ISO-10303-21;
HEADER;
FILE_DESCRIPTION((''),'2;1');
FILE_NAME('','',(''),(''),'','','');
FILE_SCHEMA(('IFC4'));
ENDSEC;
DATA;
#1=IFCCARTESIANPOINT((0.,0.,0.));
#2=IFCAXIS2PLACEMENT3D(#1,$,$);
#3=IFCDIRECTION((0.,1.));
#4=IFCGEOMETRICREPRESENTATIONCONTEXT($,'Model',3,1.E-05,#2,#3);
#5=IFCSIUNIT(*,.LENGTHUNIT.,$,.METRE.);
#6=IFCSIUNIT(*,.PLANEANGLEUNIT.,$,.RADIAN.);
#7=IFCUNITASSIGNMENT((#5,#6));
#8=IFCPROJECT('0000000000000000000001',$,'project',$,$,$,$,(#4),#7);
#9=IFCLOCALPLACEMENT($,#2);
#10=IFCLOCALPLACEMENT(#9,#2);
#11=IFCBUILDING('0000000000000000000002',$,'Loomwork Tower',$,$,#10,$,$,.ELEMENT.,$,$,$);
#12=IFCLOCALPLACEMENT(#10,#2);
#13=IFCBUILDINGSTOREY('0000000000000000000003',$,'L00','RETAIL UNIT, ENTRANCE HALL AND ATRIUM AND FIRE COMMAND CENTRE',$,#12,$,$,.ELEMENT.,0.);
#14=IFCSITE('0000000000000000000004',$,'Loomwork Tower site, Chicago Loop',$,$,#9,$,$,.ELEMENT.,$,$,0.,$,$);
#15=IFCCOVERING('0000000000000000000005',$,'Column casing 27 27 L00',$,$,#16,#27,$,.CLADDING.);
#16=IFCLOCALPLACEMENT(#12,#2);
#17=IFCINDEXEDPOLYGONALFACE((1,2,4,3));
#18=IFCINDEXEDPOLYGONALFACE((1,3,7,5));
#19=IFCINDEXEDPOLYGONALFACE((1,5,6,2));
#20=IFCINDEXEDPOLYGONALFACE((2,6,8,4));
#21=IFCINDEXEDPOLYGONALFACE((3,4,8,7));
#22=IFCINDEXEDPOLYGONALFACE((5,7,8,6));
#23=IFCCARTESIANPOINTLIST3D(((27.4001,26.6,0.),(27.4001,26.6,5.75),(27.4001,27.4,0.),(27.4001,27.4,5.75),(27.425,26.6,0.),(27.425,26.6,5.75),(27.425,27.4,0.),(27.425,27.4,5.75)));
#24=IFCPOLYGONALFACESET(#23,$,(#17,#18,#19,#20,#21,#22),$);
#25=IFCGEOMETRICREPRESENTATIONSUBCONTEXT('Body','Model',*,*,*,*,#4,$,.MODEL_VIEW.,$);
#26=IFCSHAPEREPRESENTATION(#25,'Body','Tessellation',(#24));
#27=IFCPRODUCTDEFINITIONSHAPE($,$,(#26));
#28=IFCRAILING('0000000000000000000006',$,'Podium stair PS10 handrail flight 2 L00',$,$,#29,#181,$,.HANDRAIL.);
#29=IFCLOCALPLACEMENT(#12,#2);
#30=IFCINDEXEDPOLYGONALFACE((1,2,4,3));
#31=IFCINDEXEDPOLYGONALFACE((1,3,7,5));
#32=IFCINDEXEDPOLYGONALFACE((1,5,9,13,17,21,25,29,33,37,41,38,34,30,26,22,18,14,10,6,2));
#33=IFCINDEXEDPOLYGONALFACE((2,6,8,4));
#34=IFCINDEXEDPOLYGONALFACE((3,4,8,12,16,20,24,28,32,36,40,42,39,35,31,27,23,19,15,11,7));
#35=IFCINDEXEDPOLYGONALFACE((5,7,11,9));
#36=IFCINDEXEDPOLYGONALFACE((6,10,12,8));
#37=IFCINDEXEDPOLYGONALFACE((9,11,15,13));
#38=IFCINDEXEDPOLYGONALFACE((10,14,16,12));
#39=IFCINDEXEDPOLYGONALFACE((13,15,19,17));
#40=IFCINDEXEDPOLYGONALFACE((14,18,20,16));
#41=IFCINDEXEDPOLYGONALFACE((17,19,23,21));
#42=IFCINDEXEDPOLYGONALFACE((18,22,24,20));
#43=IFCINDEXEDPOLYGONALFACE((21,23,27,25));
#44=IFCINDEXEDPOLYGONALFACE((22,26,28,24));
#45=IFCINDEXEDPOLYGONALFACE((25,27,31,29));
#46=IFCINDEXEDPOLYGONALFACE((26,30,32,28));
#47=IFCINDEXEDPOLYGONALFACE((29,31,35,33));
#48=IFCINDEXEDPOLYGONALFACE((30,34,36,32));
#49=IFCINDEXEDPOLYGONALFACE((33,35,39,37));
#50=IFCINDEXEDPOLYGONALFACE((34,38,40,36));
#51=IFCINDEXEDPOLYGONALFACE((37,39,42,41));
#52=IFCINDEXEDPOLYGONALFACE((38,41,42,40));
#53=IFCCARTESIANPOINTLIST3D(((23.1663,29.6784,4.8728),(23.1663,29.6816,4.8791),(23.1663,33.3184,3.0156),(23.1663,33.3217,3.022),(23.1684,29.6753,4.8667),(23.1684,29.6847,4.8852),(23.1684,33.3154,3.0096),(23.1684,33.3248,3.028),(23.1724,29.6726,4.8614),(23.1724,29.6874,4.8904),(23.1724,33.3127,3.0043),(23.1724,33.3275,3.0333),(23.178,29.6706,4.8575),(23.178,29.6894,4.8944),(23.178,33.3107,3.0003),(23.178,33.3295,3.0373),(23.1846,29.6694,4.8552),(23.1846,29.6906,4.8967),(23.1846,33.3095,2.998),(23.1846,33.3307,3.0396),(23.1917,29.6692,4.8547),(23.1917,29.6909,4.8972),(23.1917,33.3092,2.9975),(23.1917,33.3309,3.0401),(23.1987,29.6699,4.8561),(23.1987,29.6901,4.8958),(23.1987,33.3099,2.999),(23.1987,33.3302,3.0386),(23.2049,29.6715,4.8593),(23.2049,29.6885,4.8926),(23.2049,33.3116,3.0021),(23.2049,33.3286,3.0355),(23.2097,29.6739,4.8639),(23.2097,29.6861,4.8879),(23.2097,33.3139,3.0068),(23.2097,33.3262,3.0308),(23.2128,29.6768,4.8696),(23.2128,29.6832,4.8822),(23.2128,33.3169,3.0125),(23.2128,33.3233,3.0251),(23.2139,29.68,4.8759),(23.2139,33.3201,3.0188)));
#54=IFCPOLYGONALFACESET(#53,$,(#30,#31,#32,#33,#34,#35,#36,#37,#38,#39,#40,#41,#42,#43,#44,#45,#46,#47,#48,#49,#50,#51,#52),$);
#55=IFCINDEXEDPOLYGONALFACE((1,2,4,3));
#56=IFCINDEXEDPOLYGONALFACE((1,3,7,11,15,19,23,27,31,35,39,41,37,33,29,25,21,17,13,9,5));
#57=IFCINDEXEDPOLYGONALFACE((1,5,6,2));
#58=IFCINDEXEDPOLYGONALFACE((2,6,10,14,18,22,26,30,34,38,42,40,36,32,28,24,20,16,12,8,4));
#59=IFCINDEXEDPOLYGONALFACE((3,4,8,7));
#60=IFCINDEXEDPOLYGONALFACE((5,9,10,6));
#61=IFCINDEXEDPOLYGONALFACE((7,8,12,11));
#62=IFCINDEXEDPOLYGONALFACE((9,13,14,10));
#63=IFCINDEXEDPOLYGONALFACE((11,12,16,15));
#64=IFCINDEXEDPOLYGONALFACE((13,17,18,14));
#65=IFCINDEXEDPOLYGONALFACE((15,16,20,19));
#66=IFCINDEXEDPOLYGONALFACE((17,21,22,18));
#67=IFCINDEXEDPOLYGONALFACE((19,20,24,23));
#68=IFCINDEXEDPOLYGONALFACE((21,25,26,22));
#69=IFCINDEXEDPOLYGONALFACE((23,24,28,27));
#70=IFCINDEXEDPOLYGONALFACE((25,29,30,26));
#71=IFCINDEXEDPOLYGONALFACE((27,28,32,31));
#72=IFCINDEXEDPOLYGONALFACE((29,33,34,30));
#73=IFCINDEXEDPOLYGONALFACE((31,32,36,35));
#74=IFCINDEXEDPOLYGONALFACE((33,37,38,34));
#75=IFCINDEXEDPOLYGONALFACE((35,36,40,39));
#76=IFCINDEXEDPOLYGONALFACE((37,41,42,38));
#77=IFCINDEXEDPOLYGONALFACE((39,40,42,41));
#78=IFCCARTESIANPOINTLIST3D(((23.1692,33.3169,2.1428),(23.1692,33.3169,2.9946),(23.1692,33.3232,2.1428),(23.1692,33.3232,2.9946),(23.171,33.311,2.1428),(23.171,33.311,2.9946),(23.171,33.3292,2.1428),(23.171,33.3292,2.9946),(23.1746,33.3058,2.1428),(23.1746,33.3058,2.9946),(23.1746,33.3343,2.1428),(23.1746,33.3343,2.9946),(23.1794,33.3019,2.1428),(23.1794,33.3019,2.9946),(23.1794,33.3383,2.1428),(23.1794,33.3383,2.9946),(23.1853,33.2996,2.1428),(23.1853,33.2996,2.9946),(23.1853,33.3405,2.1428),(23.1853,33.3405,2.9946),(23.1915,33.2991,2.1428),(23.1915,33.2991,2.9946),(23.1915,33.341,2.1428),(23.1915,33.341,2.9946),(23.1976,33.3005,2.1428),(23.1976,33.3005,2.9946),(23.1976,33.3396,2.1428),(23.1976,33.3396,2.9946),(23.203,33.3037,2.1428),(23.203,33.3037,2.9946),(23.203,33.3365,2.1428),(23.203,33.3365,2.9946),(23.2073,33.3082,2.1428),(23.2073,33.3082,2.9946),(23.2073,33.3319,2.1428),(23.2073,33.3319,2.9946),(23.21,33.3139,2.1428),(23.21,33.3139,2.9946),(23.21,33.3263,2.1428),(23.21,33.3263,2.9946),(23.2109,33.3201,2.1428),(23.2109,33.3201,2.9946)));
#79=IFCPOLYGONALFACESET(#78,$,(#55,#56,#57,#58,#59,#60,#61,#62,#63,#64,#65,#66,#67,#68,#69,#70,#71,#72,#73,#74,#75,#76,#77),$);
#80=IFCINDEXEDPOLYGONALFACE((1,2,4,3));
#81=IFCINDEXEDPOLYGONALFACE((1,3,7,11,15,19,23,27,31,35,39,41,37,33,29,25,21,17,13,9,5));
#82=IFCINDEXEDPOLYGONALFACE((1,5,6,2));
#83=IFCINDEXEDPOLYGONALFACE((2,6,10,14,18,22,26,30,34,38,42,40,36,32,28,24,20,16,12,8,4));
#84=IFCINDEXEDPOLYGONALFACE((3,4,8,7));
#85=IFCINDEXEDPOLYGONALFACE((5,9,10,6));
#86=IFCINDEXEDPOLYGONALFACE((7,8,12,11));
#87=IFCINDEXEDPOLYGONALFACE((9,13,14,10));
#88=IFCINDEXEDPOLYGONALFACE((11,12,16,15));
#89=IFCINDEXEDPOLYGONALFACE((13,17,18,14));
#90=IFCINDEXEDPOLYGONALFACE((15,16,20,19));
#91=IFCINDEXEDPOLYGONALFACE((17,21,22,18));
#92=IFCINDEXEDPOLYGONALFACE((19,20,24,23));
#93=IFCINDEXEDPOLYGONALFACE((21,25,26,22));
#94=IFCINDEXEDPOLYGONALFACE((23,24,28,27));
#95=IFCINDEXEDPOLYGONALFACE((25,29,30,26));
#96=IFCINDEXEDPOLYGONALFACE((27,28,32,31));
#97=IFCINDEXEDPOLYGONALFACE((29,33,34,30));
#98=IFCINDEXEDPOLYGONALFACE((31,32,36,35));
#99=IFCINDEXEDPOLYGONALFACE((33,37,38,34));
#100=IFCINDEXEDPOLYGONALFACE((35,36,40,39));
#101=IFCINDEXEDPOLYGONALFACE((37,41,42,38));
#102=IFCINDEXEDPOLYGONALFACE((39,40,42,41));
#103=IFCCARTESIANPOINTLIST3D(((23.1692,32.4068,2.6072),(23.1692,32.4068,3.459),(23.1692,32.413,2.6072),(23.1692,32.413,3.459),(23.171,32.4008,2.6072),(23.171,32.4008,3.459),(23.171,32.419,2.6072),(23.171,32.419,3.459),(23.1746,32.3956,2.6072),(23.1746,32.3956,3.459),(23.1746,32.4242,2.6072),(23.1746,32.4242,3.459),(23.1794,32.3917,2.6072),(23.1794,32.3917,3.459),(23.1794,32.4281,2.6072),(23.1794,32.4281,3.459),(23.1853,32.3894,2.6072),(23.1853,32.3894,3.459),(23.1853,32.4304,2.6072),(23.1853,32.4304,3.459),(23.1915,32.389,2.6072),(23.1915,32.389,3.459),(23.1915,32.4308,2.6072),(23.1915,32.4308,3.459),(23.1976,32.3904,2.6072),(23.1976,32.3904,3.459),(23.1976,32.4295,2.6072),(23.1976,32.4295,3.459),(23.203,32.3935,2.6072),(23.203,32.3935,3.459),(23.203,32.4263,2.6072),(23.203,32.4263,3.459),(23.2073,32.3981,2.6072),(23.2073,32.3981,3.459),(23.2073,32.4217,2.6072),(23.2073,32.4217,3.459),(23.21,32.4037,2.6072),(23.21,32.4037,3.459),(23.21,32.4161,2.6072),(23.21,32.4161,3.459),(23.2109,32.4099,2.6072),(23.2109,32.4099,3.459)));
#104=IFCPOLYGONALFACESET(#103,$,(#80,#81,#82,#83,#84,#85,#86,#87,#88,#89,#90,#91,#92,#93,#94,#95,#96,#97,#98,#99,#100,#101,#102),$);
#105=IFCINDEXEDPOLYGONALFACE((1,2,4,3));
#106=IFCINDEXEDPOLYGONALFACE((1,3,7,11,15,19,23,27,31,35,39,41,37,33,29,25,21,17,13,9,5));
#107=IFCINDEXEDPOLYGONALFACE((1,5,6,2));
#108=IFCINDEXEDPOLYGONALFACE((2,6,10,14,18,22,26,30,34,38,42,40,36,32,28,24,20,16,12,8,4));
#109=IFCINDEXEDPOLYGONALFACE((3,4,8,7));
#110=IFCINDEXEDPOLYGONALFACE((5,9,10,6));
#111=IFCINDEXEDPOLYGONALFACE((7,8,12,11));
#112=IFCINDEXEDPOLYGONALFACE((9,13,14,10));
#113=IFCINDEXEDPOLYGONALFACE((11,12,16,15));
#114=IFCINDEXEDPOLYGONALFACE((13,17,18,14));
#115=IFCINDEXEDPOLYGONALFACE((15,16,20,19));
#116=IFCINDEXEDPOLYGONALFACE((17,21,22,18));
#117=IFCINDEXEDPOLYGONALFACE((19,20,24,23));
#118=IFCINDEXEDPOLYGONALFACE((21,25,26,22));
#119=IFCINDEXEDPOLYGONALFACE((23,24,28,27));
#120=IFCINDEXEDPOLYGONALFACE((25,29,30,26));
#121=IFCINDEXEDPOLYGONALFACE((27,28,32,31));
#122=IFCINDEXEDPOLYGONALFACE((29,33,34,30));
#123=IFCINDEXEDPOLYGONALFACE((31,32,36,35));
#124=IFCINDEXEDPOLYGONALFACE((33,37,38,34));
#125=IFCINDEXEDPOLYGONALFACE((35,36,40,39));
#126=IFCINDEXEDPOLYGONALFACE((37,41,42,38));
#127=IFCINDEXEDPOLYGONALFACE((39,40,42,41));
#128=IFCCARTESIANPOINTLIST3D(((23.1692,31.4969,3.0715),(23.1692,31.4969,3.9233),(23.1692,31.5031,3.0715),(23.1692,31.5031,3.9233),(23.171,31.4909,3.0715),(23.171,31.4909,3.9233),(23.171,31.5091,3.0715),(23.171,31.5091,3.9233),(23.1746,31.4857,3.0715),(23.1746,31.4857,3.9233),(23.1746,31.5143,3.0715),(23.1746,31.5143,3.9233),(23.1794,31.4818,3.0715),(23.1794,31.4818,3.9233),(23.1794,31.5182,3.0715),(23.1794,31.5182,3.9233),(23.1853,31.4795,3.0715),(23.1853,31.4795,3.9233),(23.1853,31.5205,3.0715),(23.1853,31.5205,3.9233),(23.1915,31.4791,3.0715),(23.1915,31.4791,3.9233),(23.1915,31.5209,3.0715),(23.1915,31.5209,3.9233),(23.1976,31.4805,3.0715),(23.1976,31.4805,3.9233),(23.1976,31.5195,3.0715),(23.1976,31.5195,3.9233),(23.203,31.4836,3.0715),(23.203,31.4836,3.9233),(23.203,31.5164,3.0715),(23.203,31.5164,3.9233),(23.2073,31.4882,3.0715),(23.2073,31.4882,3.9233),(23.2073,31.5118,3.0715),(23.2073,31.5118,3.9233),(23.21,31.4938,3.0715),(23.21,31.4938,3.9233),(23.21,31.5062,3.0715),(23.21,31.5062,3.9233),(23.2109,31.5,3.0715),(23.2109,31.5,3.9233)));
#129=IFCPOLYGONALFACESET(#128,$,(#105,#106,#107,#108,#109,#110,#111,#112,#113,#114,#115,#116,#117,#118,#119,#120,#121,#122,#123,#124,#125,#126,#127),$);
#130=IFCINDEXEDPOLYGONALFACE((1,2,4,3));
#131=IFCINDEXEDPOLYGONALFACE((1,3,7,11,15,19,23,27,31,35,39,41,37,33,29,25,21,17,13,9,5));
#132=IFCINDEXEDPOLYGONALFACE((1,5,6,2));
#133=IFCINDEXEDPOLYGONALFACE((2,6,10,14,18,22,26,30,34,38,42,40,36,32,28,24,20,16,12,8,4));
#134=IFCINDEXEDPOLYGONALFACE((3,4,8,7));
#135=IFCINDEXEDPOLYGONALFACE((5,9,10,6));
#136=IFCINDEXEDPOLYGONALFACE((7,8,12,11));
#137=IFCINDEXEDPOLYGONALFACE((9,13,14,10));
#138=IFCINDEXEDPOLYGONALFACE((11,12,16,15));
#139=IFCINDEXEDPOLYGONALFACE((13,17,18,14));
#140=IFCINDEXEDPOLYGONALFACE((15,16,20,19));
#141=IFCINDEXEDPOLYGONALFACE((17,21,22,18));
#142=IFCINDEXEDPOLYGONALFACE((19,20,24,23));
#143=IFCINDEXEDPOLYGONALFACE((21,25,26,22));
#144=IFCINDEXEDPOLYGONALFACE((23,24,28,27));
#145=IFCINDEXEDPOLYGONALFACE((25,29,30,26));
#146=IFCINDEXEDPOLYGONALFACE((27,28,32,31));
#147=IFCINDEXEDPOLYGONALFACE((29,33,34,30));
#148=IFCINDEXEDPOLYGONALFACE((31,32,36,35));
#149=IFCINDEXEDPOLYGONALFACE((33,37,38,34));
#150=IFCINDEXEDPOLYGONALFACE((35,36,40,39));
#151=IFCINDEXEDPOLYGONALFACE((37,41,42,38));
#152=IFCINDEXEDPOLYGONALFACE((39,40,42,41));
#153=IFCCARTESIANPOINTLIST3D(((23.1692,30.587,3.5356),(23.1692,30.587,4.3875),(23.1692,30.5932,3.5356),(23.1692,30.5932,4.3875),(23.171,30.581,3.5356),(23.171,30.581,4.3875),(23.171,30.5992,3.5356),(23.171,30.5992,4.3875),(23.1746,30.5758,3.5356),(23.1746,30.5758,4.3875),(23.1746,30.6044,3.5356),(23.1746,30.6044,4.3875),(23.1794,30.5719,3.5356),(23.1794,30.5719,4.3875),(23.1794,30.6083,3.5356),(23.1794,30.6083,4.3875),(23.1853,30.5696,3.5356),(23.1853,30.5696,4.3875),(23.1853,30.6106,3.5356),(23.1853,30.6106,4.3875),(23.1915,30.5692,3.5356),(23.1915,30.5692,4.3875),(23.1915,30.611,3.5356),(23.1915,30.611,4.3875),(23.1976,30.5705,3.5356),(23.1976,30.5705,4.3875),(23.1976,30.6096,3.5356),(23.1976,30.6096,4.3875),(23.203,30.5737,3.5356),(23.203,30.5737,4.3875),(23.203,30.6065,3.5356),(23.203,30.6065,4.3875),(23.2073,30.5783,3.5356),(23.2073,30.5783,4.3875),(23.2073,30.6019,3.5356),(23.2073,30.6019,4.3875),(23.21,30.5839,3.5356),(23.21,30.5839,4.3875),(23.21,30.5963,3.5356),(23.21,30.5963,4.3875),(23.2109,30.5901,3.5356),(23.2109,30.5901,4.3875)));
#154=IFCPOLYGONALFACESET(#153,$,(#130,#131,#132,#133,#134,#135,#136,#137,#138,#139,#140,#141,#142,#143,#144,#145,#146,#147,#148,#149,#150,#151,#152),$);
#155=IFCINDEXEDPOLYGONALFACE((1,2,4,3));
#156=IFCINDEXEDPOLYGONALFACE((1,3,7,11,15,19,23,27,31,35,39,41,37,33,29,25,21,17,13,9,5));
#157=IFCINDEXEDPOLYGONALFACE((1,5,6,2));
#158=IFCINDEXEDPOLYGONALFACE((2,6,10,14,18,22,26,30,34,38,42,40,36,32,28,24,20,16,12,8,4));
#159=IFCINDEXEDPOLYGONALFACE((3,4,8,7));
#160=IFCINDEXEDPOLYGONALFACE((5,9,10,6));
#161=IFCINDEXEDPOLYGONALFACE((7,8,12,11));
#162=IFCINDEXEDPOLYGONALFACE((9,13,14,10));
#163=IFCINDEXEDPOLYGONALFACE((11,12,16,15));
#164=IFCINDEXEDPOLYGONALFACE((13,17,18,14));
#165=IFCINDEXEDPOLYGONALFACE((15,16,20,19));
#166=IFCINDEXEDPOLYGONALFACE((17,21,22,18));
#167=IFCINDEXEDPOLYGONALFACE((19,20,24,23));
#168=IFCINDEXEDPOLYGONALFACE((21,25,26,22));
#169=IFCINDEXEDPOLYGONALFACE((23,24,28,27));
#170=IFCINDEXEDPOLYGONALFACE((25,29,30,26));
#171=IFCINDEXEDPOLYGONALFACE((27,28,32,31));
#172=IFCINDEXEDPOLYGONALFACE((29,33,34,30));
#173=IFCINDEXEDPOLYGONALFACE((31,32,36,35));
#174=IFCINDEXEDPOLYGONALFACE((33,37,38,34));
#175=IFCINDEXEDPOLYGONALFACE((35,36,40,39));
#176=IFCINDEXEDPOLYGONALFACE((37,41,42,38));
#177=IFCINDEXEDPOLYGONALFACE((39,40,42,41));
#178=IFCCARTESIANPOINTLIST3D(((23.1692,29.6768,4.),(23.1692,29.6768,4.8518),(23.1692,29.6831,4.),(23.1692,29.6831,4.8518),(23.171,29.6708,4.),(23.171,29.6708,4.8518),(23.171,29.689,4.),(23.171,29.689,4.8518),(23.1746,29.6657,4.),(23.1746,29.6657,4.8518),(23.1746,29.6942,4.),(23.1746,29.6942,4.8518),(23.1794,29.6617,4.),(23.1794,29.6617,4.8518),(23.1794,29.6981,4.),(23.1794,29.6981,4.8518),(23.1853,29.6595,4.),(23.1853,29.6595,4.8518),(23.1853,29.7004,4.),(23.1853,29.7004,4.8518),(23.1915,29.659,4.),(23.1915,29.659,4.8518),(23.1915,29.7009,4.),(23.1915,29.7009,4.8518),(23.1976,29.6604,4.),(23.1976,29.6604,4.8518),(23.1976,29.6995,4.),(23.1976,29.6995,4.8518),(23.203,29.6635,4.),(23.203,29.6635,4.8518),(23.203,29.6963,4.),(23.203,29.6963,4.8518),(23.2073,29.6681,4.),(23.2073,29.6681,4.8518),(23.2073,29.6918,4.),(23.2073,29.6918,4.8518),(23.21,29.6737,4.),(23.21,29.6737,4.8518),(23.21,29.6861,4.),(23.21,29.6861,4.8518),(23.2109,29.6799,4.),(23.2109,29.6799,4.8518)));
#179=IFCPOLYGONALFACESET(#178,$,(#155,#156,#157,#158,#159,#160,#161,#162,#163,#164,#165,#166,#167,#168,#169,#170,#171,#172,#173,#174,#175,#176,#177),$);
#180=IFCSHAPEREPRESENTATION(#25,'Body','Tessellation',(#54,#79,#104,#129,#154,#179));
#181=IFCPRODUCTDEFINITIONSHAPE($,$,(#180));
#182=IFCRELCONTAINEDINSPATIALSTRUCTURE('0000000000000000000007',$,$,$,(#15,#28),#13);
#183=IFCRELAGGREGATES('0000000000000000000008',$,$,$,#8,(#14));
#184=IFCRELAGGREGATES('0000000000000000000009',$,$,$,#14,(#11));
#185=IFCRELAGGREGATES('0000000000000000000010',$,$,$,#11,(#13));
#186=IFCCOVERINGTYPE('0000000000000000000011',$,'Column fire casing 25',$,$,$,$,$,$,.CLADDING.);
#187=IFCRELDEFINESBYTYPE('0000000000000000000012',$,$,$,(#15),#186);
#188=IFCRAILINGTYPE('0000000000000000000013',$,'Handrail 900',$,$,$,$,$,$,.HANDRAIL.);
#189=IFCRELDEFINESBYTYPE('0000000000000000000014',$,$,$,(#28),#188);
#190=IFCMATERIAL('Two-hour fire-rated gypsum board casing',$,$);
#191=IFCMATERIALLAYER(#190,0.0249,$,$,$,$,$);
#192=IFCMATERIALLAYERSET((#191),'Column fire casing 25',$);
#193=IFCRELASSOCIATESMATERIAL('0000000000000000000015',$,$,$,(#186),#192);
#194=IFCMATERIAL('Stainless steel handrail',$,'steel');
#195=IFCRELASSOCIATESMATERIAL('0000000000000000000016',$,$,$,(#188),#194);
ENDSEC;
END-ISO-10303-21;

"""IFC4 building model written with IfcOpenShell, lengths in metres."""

from ifc_helpers import new_model, si_unit, direction, frame, origin, origin_2d, place, context, subcontext, project, spatial, rectangle, circle, extrude, material, layer, layer_set, type_object, element, save


model = new_model("IFC4")

# Units and contexts
model_context = context("Model", 3, precision=1e-05, world=origin(), true_north=direction((0.0, 1.0)))
body_context = subcontext(model_context, "Body", "Model", "MODEL_VIEW")
ifc_project = project(units=[si_unit("LENGTHUNIT", "METRE"), si_unit("PLANEANGLEUNIT", "RADIAN")], contexts=[model_context])

# Site, building, storey
site_placement = place(None, origin())
site = spatial("IfcSite", under=ifc_project, at=site_placement, Name="Loomwork Tower site, Chicago Loop", CompositionType="ELEMENT", RefElevation=0.0)
building_placement = place(site_placement, origin())
building = spatial("IfcBuilding", under=site, at=building_placement, Name="Loomwork Tower", CompositionType="ELEMENT")
storey_placement = place(building_placement, origin())
storey = spatial("IfcBuildingStorey", under=building, at=storey_placement, Name="L00", Description="RETAIL UNIT, ENTRANCE HALL AND ATRIUM AND FIRE COMMAND CENTRE", CompositionType="ELEMENT", Elevation=0.0)

# Covering
ifc_material_1 = material(Name="Two-hour fire-rated gypsum board casing")
ifc_layer_1 = layer(ifc_material_1, 0.0249)
ifc_layer_set_1 = layer_set([ifc_layer_1], Name="Column fire casing 25")
covering_type_1 = type_object("IfcCoveringType", Name="Column fire casing 25", PredefinedType="CLADDING", material=ifc_layer_set_1)
covering_1_placement = place(storey_placement, frame((27.4126, 27.0, 0.0), z_axis=(0.0, 0.0, 1.0), x_axis=(1.0, 0.0, 0.0)))
element("IfcCovering", 1, at=covering_1_placement, inside=storey, type_object=covering_type_1, Name="Column casing 27 27 L00", PredefinedType="CLADDING", context=body_context, shape_type="SweptSolid", body=[
    extrude(rectangle(XDim=0.0249, YDim=0.8, at=origin_2d()), origin(), (0.0, 0.0, 1.0), 5.75),
])

# Railing
ifc_material_2 = material(Name="Stainless steel handrail", Category="steel")
railing_type = type_object("IfcRailingType", Name="Handrail 900", PredefinedType="HANDRAIL", material=ifc_material_2)
railing_1_placement = place(storey_placement, frame((23.1899, 33.3201, 2.1428)))
element("IfcRailing", 2, at=railing_1_placement, inside=storey, type_object=railing_type, Name="Podium stair PS10 handrail flight 2 L00", PredefinedType="HANDRAIL", context=body_context, shape_type="SweptSolid", body=[
    extrude(circle(Radius=0.0239, at=origin_2d()), frame((0.0, 0.0, 0.876), z_axis=(0.0, -0.890765, 0.454464), x_axis=(1.0, 0.0, 0.0)), (0.0, 0.0, 1.0), 4.0864),
    extrude(circle(Radius=0.021, at=origin_2d()), origin(), (0.0, 0.0, 1.0), 0.8518),
    extrude(circle(Radius=0.021, at=origin_2d()), frame((0.0, -0.9102, 0.4644)), (0.0, 0.0, 1.0), 0.8518),
    extrude(circle(Radius=0.021, at=origin_2d()), frame((0.0, -1.8201, 0.9287)), (0.0, 0.0, 1.0), 0.8518),
    extrude(circle(Radius=0.021, at=origin_2d()), frame((0.0, -2.73, 1.3928)), (0.0, 0.0, 1.0), 0.8518),
    extrude(circle(Radius=0.021, at=origin_2d()), frame((0.0, -3.6401, 1.8572)), (0.0, 0.0, 1.0), 0.8518),
])

save(model, "model.ifc")
